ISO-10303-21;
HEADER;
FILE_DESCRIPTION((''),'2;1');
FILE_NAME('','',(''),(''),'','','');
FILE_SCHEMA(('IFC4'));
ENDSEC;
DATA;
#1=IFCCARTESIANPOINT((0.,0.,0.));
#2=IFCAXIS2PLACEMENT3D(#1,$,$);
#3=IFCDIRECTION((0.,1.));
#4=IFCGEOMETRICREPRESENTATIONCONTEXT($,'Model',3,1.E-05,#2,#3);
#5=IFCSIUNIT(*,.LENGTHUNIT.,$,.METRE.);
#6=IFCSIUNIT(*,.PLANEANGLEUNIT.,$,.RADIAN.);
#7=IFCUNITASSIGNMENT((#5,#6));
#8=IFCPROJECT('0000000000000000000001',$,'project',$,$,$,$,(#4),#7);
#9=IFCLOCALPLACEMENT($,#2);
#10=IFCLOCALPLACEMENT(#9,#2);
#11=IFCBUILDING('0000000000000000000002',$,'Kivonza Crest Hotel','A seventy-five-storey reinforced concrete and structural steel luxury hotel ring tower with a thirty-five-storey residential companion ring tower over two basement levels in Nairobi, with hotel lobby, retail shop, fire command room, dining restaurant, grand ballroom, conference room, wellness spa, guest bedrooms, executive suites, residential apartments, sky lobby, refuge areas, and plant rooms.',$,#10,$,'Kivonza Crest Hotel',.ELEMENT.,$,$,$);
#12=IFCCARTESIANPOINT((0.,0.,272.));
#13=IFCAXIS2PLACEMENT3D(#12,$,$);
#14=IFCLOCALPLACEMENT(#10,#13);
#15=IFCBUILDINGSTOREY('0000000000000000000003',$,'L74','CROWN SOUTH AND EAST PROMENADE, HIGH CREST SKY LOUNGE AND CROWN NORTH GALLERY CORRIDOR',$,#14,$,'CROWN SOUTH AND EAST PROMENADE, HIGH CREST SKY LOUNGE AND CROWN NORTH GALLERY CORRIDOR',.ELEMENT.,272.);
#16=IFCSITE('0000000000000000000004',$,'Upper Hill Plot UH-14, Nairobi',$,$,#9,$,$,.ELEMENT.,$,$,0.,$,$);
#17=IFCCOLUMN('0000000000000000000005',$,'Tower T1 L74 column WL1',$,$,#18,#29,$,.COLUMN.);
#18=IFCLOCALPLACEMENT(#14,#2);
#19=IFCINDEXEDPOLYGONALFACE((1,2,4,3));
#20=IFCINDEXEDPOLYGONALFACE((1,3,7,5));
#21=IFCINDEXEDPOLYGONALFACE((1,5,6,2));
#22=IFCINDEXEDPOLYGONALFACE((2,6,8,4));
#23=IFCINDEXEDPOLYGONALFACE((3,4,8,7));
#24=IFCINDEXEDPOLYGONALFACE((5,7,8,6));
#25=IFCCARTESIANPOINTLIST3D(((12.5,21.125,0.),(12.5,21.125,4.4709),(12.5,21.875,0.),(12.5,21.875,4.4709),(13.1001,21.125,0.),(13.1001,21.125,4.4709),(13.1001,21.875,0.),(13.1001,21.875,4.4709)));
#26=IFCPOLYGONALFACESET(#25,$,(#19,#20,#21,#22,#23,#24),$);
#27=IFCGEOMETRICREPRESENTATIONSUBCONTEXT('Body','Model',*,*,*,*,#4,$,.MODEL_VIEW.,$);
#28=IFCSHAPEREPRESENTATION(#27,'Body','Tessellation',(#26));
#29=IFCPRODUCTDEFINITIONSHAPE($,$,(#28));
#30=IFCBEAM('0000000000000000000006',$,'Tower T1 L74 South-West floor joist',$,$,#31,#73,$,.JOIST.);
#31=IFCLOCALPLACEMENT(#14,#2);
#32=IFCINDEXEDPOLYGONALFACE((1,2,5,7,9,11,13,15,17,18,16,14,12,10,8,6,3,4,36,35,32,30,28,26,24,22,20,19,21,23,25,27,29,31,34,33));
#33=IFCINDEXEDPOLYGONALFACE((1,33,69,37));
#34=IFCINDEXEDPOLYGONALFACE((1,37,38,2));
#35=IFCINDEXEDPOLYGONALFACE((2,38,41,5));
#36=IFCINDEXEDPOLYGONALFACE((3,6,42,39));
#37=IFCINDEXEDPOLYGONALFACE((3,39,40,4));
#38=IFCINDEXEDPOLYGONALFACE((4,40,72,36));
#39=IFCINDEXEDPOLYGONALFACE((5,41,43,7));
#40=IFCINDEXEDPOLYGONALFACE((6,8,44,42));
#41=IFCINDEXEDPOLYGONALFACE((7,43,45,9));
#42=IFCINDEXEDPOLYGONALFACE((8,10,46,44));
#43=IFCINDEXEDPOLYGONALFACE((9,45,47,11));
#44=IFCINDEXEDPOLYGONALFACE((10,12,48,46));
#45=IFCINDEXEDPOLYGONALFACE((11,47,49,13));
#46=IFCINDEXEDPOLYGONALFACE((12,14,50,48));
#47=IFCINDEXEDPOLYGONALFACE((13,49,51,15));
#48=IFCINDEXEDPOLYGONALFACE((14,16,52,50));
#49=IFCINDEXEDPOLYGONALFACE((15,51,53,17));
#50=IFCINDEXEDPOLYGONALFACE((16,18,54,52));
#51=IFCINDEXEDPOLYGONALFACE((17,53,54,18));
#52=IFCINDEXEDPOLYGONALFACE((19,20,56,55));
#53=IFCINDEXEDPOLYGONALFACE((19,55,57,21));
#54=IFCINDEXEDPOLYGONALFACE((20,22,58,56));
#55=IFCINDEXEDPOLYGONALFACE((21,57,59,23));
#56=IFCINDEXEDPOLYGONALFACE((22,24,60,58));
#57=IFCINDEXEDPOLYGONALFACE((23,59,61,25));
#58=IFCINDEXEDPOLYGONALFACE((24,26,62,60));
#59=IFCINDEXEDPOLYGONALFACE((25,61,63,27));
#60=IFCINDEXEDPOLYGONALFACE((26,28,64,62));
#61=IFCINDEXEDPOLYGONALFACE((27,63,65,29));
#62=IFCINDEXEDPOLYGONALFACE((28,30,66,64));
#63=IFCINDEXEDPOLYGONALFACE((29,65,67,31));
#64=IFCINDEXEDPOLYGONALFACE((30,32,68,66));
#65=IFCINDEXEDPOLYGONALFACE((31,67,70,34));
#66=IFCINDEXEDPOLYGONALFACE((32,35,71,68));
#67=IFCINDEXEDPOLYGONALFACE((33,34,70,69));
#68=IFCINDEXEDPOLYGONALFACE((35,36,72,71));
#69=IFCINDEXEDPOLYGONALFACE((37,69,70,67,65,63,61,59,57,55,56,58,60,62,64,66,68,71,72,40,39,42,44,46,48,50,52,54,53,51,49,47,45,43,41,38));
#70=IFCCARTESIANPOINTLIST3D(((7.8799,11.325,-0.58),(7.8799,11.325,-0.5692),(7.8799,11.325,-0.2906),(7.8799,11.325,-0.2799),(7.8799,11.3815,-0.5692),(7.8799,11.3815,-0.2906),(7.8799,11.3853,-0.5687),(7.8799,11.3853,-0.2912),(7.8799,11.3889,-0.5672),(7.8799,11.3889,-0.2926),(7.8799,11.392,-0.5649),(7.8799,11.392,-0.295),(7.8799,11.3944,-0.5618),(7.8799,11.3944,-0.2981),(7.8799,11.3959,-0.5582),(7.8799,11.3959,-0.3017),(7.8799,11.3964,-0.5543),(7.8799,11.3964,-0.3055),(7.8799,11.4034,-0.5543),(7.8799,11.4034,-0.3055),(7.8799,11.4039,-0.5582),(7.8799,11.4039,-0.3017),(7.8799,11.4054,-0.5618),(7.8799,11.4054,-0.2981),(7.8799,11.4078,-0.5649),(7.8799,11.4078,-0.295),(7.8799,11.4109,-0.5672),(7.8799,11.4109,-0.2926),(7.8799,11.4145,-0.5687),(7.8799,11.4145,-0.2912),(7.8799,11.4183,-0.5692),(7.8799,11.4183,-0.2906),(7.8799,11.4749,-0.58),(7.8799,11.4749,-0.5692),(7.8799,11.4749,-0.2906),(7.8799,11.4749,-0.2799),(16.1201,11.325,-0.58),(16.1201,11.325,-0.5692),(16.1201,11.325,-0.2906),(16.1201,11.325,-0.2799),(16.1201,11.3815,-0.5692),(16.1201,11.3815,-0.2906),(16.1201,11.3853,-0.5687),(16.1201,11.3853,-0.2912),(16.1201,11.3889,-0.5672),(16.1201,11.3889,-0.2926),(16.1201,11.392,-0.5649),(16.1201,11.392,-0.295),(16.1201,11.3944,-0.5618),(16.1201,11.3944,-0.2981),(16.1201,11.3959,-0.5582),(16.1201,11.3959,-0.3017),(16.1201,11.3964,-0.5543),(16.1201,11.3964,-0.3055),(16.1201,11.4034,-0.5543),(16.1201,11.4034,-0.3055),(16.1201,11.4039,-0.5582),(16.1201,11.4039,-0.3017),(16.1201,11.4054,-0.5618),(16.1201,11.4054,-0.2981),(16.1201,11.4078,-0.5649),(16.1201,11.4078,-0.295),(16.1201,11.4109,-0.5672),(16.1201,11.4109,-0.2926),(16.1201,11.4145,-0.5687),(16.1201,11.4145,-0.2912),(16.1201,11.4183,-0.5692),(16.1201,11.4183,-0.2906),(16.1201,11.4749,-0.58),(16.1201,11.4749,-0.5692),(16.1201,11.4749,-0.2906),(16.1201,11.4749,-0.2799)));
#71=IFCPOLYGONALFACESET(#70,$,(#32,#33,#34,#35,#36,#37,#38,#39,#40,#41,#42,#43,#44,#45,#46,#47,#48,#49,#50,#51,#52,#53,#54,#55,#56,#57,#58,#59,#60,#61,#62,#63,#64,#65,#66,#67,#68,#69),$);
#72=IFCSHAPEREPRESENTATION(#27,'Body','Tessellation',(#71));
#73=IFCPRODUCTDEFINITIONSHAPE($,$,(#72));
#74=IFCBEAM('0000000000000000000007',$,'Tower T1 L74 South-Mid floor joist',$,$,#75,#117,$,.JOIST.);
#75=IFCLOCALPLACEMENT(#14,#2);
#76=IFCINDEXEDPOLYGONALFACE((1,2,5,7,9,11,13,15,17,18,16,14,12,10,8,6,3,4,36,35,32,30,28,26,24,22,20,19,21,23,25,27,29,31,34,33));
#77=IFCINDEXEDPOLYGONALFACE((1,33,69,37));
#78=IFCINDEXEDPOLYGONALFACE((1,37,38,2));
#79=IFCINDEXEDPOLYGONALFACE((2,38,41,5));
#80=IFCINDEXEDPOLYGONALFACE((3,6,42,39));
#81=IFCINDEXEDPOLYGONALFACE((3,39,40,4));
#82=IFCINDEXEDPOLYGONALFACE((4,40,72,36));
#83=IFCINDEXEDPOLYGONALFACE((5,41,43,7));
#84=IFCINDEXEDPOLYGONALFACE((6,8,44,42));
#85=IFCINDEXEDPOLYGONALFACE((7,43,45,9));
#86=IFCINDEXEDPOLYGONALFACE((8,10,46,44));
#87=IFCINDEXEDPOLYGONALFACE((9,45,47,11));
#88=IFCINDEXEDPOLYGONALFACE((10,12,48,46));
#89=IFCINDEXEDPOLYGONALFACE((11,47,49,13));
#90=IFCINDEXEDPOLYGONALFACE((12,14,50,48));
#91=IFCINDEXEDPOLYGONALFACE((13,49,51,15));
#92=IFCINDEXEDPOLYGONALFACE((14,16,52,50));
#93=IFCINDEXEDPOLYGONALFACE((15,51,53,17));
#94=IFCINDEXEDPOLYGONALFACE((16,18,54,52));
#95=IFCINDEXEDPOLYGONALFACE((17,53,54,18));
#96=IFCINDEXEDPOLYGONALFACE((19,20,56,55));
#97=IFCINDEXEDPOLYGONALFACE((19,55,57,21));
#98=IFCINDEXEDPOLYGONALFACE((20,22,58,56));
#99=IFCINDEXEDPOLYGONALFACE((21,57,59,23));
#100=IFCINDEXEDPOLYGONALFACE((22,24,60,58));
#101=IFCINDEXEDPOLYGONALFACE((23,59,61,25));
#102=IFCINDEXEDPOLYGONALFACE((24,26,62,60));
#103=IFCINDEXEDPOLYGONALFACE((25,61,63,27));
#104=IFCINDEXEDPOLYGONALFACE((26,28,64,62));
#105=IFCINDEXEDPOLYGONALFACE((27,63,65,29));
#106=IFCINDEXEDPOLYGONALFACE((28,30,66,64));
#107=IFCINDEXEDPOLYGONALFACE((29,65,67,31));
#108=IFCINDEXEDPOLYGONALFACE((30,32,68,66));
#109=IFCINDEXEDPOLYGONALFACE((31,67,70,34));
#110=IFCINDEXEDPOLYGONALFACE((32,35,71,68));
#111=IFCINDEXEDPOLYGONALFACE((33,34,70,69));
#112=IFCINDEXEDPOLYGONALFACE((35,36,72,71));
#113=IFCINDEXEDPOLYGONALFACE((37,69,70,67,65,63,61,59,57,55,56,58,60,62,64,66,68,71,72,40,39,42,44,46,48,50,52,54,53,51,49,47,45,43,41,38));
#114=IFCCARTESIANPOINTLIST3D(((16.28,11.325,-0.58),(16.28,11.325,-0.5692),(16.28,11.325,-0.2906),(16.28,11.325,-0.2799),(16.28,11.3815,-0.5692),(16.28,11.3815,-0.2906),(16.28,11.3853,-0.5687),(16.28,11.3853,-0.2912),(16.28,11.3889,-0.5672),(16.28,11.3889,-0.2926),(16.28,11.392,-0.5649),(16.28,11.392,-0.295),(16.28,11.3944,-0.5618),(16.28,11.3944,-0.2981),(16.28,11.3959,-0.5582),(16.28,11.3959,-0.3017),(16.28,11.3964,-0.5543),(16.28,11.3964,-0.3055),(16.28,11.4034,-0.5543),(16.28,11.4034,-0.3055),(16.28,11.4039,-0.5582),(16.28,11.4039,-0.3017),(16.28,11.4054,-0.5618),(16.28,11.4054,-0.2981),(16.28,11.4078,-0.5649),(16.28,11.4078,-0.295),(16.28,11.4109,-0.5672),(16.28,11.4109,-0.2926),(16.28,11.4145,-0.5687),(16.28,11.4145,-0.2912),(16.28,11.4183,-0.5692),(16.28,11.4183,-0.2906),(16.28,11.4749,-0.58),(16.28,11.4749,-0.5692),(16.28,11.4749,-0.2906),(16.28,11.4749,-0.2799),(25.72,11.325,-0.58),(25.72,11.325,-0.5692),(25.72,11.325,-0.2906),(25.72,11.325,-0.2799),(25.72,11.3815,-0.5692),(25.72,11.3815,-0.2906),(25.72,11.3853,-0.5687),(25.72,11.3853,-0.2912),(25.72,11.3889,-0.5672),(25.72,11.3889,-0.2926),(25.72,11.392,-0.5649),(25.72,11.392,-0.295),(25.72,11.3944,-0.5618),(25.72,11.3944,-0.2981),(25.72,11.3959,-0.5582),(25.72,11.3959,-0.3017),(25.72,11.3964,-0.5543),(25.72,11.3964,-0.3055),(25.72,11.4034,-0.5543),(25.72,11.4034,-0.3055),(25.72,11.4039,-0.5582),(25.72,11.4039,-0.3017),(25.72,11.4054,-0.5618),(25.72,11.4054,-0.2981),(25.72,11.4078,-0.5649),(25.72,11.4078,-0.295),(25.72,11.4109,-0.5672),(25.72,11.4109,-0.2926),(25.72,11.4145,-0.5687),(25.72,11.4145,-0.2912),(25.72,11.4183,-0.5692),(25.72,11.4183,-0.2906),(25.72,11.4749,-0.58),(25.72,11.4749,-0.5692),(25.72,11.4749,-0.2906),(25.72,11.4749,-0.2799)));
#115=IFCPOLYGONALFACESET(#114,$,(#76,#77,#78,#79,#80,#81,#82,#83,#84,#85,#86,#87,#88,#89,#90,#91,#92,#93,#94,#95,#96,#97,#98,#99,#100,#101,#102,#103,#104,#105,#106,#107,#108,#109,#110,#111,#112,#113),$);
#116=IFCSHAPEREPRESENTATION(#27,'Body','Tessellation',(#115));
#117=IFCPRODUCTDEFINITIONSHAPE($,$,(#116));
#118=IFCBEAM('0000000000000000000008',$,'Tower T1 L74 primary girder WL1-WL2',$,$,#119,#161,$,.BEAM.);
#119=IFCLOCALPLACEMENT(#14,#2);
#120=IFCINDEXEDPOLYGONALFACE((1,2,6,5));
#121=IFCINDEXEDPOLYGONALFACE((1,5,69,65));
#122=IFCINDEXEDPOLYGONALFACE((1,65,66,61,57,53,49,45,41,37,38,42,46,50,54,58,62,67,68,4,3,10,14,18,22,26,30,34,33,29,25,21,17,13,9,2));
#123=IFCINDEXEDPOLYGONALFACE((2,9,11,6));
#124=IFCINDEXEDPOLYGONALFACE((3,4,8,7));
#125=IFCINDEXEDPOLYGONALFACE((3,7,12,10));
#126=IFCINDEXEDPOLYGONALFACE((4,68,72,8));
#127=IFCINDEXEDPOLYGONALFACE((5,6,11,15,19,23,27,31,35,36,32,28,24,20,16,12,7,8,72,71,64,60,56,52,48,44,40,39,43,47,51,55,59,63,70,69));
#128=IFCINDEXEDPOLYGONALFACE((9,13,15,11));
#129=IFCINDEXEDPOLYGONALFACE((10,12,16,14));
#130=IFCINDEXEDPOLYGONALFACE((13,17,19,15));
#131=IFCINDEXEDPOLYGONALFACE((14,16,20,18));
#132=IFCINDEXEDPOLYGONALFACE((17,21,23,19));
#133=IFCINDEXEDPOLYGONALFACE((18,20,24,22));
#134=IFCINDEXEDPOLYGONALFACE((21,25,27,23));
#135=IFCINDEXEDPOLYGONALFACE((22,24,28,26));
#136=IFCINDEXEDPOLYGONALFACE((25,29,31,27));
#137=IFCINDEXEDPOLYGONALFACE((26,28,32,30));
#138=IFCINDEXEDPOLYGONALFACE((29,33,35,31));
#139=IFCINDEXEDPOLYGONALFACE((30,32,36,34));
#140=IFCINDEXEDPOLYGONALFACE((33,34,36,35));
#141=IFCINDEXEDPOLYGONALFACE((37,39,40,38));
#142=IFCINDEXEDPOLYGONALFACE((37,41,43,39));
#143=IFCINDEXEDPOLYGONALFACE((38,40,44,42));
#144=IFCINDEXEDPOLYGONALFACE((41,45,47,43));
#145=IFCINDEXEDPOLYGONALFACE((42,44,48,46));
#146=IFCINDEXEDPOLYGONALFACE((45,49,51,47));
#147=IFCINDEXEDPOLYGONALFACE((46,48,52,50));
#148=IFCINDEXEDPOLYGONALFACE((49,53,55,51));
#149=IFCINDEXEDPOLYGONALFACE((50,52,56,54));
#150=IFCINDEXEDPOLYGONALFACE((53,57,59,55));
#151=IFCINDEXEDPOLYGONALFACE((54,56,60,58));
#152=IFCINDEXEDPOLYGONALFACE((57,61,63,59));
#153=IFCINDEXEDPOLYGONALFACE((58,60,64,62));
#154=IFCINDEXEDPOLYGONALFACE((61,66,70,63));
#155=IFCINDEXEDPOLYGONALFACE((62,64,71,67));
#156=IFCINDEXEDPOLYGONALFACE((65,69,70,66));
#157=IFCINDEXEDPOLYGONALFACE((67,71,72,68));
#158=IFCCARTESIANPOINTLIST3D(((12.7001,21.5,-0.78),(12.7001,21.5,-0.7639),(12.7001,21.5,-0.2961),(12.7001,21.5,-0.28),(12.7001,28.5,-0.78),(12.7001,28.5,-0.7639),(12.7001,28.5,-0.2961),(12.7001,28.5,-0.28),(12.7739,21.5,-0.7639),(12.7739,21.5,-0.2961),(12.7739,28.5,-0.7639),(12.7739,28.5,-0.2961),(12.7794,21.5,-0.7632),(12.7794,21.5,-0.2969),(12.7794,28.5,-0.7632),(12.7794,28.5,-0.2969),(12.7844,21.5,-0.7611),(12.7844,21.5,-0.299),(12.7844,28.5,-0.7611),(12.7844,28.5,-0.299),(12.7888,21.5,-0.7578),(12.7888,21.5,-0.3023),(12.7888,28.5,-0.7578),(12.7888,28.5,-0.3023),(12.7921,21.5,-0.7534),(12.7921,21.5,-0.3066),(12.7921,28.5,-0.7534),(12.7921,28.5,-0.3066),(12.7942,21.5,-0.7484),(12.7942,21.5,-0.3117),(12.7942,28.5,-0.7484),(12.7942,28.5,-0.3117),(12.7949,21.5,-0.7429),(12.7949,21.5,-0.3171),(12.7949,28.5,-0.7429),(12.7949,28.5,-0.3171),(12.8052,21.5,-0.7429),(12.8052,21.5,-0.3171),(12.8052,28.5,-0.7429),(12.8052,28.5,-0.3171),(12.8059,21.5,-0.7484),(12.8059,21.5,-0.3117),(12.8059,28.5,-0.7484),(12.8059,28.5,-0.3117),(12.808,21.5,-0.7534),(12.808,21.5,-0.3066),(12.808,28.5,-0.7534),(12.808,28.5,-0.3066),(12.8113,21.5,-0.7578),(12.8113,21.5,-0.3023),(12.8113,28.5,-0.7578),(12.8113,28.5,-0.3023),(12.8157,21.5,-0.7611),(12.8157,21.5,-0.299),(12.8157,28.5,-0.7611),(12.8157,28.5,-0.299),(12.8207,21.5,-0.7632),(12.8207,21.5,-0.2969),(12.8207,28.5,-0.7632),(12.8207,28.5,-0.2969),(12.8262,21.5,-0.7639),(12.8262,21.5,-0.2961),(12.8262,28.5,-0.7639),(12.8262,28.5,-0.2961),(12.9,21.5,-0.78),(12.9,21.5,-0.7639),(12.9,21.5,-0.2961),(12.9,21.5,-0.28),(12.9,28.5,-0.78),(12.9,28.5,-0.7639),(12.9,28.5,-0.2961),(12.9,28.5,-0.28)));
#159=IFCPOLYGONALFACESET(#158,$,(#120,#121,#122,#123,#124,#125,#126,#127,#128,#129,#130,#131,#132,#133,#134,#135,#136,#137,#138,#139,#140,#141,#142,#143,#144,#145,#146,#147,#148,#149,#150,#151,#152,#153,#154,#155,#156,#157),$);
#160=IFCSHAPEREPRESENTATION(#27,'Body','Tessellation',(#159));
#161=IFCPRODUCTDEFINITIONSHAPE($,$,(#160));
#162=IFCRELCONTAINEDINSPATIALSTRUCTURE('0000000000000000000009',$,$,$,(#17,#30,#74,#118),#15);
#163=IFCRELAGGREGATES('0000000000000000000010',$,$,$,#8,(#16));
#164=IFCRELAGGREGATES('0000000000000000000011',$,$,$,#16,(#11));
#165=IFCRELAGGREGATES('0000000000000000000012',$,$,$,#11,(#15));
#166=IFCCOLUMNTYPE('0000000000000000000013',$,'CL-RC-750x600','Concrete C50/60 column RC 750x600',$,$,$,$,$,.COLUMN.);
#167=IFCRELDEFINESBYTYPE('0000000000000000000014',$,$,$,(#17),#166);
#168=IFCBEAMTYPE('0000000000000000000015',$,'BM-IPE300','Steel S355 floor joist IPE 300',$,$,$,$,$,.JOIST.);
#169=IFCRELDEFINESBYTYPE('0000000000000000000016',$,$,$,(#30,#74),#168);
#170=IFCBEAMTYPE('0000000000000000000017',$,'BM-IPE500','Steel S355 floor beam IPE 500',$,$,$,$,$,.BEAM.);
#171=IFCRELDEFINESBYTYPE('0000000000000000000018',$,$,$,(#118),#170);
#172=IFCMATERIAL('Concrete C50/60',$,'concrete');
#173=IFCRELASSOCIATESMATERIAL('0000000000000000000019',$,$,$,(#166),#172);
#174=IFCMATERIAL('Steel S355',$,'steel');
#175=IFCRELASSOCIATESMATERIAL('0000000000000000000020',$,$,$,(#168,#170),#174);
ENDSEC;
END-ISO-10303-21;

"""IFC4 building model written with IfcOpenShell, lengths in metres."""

from ifc_helpers import new_model, si_unit, direction, frame, origin, origin_2d, place, context, subcontext, project, spatial, rectangle, i_section, extrude, material, material_profile, profile_set, type_object, element, save


model = new_model("IFC4")

# Units and contexts
model_context = context("Model", 3, precision=1e-05, world=origin(), true_north=direction((0.0, 1.0)))
body_context = subcontext(model_context, "Body", "Model", "MODEL_VIEW")
ifc_project = project(units=[si_unit("LENGTHUNIT", "METRE"), si_unit("PLANEANGLEUNIT", "RADIAN")], contexts=[model_context])

# Site, building, storey
site_placement = place(None, origin())
site = spatial("IfcSite", under=ifc_project, at=site_placement, Name="Upper Hill Plot UH-14, Nairobi", CompositionType="ELEMENT", RefElevation=0.0)
building_placement = place(site_placement, origin())
building = spatial("IfcBuilding", under=site, at=building_placement, Name="Kivonza Crest Hotel", Description="A seventy-five-storey reinforced concrete and structural steel luxury hotel ring tower with a thirty-five-storey residential companion ring tower over two basement levels in Nairobi, with hotel lobby, retail shop, fire command room, dining restaurant, grand ballroom, conference room, wellness spa, guest bedrooms, executive suites, residential apartments, sky lobby, refuge areas, and plant rooms.", LongName="Kivonza Crest Hotel", CompositionType="ELEMENT")
storey_placement = place(building_placement, frame((0.0, 0.0, 272.0)))
storey = spatial("IfcBuildingStorey", under=building, at=storey_placement, Name="L74", Description="CROWN SOUTH AND EAST PROMENADE, HIGH CREST SKY LOUNGE AND CROWN NORTH GALLERY CORRIDOR", LongName="CROWN SOUTH AND EAST PROMENADE, HIGH CREST SKY LOUNGE AND CROWN NORTH GALLERY CORRIDOR", CompositionType="ELEMENT", Elevation=272.0)

# Column
ifc_material_1 = material(Name="Concrete C50/60", Category="concrete")
ifc_material_profile_1 = material_profile(ifc_material_1, rectangle(XDim=0.6001, YDim=0.75, at=origin_2d()), Name="RC 750x600")
ifc_profile_set_1 = profile_set([ifc_material_profile_1], Name="Concrete C50/60")
column_type = type_object("IfcColumnType", Name="CL-RC-750x600", Description="Concrete C50/60 column RC 750x600", PredefinedType="COLUMN", material=ifc_profile_set_1)
column_placement = place(storey_placement, frame((12.8, 21.5, 0.0), z_axis=(0.0, 0.0, 1.0), x_axis=(1.0, 0.0, 0.0)))
element("IfcColumn", 1, at=column_placement, inside=storey, type_object=column_type, Name="Tower T1 L74 column WL1", PredefinedType="COLUMN", context=body_context, shape_type="SweptSolid", body=[
    extrude(rectangle(XDim=0.6001, YDim=0.75, at=origin_2d()), origin(), (0.0, 0.0, 1.0), 4.4709),
])

# Beams
ifc_material_2 = material(Name="Steel S355", Category="steel")
ifc_material_profile_2 = material_profile(ifc_material_2, i_section(OverallWidth=0.1499, OverallDepth=0.3, WebThickness=0.0071, FlangeThickness=0.0107, FilletRadius=0.0149, at=origin_2d()), Name="IPE 300")
ifc_profile_set_2 = profile_set([ifc_material_profile_2], Name="Steel S355")
beam_type_1 = type_object("IfcBeamType", Name="BM-IPE300", Description="Steel S355 floor joist IPE 300", PredefinedType="JOIST", material=ifc_profile_set_2)
beam_1_placement = place(storey_placement, frame((7.8799, 11.3999, -0.4299), z_axis=(1.0, 0.0, 0.0), x_axis=(0.0, 1.0, 0.0)))
element("IfcBeam", 2, at=beam_1_placement, inside=storey, type_object=beam_type_1, Name="Tower T1 L74 South-West floor joist", PredefinedType="JOIST", context=body_context, shape_type="SweptSolid", body=[
    extrude(i_section(OverallWidth=0.1499, OverallDepth=0.3, WebThickness=0.0071, FlangeThickness=0.0107, FilletRadius=0.0149, at=origin_2d()), origin(), (0.0, 0.0, 1.0), 8.2402),
])
beam_2_placement = place(storey_placement, frame((16.28, 11.3999, -0.4299), z_axis=(1.0, 0.0, 0.0), x_axis=(0.0, 1.0, 0.0)))
element("IfcBeam", 3, at=beam_2_placement, inside=storey, type_object=beam_type_1, Name="Tower T1 L74 South-Mid floor joist", PredefinedType="JOIST", context=body_context, shape_type="SweptSolid", body=[
    extrude(i_section(OverallWidth=0.1499, OverallDepth=0.3, WebThickness=0.0071, FlangeThickness=0.0107, FilletRadius=0.0149, at=origin_2d()), origin(), (0.0, 0.0, 1.0), 9.4399),
])
ifc_material_profile_3 = material_profile(ifc_material_2, i_section(OverallWidth=0.2, OverallDepth=0.5, WebThickness=0.0103, FlangeThickness=0.0161, FilletRadius=0.021, at=origin_2d()), Name="IPE 500")
ifc_profile_set_3 = profile_set([ifc_material_profile_3], Name="Steel S355")
beam_type_2 = type_object("IfcBeamType", Name="BM-IPE500", Description="Steel S355 floor beam IPE 500", PredefinedType="BEAM", material=ifc_profile_set_3)
beam_3_placement = place(storey_placement, frame((12.8, 21.5, -0.53), z_axis=(0.0, 1.0, 0.0), x_axis=(-1.0, 0.0, 0.0)))
element("IfcBeam", 4, at=beam_3_placement, inside=storey, type_object=beam_type_2, Name="Tower T1 L74 primary girder WL1-WL2", PredefinedType="BEAM", context=body_context, shape_type="SweptSolid", body=[
    extrude(i_section(OverallWidth=0.2, OverallDepth=0.5, WebThickness=0.0103, FlangeThickness=0.0161, FilletRadius=0.021, at=origin_2d()), origin(), (0.0, 0.0, 1.0), 7.0),
])

save(model, "model.ifc")
